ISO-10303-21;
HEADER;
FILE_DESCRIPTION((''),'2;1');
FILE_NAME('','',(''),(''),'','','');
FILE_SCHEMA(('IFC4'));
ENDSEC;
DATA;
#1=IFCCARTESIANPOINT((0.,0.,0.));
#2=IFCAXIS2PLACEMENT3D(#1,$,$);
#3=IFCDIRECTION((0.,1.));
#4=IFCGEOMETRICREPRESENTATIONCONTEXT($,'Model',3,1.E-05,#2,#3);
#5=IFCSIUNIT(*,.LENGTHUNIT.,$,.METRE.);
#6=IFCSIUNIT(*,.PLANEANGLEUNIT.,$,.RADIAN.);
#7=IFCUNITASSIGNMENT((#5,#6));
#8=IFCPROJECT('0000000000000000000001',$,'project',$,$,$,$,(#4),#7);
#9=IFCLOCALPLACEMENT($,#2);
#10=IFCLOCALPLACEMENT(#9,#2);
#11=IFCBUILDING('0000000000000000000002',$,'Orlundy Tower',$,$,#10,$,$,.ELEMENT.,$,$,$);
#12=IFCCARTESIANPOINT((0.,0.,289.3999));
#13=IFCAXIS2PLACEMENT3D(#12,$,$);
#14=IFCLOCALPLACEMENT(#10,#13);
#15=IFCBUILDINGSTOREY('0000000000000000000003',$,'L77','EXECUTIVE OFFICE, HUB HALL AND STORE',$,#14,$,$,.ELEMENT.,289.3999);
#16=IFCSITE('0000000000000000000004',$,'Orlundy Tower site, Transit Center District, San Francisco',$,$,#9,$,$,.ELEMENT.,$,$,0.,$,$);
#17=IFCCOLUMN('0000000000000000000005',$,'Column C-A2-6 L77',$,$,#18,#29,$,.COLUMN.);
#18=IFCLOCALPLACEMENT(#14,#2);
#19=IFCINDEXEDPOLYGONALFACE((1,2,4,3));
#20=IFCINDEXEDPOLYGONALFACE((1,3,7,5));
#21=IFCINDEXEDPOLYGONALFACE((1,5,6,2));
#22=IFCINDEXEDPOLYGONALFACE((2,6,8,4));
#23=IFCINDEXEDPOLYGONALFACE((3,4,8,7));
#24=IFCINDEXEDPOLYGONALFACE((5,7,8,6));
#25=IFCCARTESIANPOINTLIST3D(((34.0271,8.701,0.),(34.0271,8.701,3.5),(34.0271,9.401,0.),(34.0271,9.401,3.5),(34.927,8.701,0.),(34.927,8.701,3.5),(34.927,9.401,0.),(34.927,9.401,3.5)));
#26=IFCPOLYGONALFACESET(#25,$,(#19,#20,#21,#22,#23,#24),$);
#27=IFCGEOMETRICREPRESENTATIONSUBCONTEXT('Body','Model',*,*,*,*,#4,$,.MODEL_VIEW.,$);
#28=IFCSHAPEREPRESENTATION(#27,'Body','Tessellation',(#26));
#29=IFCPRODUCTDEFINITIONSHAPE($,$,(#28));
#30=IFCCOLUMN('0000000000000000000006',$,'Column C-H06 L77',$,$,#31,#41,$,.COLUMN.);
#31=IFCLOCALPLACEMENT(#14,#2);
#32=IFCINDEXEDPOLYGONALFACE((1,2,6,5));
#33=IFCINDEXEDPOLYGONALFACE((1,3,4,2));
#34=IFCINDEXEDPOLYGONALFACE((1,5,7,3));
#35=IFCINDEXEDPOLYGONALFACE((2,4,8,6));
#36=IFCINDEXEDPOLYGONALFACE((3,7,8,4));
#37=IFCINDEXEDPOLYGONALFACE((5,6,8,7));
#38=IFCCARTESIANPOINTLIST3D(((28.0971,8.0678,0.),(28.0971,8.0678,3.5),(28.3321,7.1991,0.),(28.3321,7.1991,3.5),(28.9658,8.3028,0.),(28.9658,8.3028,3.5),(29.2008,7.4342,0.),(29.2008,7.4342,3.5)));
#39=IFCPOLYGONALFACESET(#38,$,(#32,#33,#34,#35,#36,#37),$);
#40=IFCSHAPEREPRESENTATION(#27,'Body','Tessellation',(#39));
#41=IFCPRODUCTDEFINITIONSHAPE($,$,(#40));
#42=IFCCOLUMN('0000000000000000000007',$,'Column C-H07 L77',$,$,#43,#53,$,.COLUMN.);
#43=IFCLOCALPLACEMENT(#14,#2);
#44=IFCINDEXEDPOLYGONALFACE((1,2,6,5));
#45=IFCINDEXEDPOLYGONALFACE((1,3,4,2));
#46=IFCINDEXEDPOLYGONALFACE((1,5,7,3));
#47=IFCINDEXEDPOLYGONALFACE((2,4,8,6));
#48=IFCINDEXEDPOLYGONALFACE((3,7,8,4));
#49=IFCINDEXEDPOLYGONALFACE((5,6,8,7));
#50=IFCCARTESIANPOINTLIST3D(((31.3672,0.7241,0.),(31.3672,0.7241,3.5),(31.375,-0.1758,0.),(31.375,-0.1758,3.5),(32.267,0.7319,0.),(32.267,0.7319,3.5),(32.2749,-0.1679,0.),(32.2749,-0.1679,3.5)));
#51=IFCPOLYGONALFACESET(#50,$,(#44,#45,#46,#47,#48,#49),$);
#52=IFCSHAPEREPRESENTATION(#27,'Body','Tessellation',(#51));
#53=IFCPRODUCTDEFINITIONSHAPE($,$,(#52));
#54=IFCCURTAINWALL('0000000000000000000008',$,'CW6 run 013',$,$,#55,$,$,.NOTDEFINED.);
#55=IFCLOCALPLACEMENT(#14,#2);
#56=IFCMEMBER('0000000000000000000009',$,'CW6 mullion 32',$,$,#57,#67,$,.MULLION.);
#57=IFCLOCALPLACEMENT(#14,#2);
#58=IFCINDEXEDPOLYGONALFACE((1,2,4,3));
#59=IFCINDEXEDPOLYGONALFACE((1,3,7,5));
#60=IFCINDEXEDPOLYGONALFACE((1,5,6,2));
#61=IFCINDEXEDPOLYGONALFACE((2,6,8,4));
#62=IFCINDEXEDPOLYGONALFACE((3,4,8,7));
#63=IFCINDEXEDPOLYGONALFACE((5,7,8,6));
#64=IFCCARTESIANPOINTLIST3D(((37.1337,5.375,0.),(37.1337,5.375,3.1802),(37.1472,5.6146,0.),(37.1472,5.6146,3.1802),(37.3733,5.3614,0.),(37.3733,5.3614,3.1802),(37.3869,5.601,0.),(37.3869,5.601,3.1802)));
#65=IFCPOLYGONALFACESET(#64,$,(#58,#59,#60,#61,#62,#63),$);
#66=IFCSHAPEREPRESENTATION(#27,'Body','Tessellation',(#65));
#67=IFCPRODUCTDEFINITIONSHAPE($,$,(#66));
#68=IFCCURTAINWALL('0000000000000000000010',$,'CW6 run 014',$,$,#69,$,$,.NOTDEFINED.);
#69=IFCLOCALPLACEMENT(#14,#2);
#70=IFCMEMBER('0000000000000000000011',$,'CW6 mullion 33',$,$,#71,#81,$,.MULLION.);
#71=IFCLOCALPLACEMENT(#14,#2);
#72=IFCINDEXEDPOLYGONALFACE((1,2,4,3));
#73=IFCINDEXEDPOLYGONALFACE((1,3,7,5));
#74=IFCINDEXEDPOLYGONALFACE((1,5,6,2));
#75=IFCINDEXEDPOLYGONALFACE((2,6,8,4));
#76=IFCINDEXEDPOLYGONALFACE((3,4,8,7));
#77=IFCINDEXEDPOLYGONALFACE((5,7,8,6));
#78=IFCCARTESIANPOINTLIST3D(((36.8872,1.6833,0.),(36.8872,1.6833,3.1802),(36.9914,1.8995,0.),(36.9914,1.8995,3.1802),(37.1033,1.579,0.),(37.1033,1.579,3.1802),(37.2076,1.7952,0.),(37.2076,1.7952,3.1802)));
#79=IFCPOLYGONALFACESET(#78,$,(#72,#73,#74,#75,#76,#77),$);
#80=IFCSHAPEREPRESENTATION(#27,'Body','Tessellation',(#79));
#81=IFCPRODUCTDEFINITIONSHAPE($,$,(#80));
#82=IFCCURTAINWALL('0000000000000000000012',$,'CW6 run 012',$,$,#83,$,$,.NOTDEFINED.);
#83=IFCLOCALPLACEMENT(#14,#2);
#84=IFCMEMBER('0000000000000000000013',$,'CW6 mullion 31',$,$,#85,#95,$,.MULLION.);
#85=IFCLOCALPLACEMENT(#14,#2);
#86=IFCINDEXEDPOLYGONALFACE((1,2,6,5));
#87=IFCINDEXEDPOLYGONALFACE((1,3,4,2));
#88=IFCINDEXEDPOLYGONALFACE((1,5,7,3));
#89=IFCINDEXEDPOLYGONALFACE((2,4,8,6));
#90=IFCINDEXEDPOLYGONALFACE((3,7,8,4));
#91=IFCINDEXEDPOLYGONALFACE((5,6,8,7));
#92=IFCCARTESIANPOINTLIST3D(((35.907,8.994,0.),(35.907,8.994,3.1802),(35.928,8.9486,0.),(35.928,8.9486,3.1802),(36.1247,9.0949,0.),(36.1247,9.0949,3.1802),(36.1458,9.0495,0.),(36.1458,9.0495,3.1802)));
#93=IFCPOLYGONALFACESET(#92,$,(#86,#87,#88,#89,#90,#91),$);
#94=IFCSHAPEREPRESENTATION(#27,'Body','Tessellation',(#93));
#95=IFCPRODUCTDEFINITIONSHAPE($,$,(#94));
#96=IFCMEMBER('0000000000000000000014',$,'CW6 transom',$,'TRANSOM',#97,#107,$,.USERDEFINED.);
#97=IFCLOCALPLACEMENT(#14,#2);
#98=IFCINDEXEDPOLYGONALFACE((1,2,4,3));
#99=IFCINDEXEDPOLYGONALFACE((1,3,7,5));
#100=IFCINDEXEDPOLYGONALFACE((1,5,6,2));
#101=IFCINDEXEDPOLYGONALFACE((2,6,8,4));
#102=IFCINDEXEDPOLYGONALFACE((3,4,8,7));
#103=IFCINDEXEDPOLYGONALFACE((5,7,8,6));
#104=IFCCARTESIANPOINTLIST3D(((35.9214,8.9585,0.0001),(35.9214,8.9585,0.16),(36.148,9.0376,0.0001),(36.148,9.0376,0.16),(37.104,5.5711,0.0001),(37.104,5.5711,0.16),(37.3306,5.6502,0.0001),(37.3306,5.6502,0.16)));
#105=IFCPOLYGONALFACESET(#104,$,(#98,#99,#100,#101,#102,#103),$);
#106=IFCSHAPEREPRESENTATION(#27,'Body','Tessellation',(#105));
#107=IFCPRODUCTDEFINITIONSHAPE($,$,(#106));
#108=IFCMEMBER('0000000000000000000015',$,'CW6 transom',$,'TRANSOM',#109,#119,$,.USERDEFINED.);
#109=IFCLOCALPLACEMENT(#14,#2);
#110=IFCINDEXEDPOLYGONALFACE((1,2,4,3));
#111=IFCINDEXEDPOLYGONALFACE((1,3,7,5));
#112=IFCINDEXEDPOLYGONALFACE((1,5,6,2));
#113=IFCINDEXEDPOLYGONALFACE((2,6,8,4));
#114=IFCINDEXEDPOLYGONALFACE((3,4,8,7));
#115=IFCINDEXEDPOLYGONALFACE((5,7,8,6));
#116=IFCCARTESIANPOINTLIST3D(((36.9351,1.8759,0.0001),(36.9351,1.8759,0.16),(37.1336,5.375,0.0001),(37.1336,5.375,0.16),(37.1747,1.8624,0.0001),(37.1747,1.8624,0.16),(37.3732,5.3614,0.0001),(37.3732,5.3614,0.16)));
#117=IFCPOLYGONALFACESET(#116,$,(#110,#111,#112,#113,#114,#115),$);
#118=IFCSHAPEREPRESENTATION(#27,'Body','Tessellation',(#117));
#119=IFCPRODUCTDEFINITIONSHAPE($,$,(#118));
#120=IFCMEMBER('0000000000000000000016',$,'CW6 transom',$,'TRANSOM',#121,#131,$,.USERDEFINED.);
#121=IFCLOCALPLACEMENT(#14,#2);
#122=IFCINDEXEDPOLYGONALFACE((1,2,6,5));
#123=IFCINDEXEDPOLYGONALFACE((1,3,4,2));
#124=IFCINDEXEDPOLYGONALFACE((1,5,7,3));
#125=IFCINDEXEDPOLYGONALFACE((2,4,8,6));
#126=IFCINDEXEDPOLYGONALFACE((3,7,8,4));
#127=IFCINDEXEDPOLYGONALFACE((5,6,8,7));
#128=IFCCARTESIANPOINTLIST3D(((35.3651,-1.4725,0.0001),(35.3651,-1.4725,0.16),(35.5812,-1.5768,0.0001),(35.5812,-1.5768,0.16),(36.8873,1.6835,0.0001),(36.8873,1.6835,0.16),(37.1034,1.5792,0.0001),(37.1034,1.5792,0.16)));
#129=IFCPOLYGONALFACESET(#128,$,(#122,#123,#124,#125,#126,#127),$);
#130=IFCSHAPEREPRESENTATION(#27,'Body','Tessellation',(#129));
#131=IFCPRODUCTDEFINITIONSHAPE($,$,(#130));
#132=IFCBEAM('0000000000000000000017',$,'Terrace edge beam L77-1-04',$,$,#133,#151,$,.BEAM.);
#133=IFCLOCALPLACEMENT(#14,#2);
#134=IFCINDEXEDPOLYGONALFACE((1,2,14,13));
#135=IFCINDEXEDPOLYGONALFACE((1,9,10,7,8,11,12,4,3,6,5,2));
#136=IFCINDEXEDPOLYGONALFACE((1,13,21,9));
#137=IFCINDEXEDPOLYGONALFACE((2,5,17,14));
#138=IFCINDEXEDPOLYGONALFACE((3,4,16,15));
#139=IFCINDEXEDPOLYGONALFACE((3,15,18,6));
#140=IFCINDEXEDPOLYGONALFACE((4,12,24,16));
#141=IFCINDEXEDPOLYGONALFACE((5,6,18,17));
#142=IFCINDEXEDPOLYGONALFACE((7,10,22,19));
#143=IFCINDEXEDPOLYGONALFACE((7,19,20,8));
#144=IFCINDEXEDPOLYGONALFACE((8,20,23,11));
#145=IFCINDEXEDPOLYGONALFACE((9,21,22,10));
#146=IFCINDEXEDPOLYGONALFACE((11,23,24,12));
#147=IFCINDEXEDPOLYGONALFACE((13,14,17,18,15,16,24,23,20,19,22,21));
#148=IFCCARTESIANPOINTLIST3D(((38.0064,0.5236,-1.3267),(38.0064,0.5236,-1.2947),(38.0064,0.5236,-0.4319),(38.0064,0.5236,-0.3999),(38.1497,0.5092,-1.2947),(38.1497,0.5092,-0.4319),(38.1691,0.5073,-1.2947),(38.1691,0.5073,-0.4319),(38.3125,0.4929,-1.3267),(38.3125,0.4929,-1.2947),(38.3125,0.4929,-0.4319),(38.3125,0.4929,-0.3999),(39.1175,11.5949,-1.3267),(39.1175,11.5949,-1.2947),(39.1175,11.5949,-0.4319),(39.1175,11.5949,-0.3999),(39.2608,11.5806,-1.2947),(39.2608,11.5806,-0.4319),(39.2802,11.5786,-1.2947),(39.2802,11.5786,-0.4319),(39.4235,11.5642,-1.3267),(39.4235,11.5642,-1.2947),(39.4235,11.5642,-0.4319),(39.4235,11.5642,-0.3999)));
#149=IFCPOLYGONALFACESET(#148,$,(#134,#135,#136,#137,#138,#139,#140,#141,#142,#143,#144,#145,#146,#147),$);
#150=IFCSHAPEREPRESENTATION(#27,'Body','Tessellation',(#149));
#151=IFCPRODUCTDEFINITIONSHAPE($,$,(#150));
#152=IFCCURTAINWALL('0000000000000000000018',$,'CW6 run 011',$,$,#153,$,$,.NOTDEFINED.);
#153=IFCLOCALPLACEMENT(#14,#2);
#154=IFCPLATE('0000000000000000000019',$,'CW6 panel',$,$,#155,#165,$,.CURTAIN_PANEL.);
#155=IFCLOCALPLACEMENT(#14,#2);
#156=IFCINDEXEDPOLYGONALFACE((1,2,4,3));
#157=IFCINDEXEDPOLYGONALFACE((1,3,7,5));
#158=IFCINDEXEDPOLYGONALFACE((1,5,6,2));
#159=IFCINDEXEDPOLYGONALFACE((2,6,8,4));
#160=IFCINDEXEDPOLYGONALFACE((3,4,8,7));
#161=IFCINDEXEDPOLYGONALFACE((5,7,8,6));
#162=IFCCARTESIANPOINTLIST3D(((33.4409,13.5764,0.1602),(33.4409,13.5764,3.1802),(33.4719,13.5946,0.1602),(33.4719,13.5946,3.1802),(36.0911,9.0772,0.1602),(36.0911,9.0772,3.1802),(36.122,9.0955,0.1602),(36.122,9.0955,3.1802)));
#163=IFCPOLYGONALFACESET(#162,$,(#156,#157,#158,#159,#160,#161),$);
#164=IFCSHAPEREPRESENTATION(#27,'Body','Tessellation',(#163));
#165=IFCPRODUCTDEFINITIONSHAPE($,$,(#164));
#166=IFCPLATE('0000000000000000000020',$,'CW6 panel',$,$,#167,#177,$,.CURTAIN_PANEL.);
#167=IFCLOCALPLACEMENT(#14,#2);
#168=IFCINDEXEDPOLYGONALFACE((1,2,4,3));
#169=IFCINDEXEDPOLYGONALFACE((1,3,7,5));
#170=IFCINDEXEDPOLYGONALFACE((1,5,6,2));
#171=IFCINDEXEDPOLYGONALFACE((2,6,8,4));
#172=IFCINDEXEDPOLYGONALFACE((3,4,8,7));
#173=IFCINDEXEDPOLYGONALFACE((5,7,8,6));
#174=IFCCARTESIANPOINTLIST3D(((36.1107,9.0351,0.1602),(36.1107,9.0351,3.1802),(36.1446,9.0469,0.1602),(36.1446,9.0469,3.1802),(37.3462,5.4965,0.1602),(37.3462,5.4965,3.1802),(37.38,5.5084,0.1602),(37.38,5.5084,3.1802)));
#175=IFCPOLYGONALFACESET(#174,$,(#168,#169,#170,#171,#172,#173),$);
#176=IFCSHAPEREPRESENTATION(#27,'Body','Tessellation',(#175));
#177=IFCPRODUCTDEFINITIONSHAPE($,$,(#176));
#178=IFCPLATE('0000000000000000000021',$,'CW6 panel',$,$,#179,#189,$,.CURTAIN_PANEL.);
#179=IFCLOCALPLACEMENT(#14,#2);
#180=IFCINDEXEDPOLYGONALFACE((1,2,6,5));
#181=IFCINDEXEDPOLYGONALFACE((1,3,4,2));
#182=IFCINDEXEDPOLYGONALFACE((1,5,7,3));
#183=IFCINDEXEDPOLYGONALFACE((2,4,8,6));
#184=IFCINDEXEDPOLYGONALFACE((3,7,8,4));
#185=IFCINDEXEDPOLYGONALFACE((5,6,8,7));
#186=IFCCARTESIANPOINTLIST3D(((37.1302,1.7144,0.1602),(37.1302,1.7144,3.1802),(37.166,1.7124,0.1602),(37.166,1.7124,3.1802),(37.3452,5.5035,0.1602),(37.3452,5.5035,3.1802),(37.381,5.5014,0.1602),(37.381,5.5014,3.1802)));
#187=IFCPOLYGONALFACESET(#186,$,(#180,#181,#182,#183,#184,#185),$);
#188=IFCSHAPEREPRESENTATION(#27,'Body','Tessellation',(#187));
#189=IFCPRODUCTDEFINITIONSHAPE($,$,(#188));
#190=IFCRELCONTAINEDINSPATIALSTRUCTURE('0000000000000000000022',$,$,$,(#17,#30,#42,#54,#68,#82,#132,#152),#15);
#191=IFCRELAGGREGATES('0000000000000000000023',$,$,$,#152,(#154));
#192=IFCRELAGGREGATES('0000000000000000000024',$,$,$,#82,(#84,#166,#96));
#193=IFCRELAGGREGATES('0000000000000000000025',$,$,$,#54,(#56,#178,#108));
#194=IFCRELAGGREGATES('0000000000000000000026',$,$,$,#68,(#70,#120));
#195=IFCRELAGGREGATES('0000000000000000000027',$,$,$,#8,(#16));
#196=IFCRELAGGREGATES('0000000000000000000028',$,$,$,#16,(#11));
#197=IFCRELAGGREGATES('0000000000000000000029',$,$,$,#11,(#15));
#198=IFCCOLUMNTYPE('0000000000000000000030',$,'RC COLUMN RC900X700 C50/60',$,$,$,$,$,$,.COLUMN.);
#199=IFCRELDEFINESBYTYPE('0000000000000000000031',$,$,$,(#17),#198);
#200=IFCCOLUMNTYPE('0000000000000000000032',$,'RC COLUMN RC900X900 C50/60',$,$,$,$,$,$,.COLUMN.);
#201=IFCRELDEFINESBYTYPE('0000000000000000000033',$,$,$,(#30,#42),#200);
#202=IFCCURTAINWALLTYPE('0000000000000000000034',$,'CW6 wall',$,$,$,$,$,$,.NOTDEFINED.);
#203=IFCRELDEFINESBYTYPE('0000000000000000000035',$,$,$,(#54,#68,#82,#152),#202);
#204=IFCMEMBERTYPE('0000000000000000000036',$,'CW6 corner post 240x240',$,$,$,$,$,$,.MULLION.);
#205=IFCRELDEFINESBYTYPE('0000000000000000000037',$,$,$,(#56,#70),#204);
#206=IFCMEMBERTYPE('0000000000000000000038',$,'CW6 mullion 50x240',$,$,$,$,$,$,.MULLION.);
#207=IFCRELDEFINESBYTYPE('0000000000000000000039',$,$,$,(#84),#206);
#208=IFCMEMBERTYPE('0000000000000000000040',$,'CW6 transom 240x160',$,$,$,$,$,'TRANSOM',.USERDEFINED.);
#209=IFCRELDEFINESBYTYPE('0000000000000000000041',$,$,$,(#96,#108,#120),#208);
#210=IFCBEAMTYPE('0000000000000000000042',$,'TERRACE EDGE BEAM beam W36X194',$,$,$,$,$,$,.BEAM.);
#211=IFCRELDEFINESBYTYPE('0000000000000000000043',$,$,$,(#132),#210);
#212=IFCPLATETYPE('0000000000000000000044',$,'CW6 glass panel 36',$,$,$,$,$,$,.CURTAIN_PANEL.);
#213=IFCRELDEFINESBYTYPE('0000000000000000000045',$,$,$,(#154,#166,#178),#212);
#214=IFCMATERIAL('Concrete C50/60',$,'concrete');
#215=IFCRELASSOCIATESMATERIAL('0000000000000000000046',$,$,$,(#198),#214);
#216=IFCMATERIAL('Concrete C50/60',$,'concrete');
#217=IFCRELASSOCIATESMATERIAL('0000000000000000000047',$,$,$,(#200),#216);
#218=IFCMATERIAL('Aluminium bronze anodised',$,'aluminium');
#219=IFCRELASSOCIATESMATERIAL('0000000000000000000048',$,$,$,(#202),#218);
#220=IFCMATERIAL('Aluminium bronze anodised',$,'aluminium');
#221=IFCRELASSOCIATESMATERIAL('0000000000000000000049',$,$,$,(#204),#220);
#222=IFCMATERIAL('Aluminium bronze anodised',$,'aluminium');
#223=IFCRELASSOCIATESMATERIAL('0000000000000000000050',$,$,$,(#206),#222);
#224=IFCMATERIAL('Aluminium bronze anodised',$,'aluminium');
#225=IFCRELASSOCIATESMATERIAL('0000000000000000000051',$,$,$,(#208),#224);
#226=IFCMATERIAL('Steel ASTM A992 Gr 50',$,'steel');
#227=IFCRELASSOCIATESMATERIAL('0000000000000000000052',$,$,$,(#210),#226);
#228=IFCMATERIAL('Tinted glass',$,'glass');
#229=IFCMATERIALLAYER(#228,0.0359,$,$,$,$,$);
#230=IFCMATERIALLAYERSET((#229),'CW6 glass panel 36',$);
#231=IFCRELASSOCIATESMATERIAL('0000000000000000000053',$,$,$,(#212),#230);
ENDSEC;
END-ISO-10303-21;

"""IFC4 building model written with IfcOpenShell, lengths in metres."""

from ifc_helpers import new_model, si_unit, direction, frame, origin, origin_2d, place, context, subcontext, project, spatial, rectangle, i_section, extrude, material, layer, layer_set, material_profile, profile_set, type_object, element, aggregate, save


model = new_model("IFC4")

# Units and contexts
model_context = context("Model", 3, precision=1e-05, world=origin(), true_north=direction((0.0, 1.0)))
body_context = subcontext(model_context, "Body", "Model", "MODEL_VIEW")
ifc_project = project(units=[si_unit("LENGTHUNIT", "METRE"), si_unit("PLANEANGLEUNIT", "RADIAN")], contexts=[model_context])

# Site, building, storey
site_placement = place(None, origin())
site = spatial("IfcSite", under=ifc_project, at=site_placement, Name="Orlundy Tower site, Transit Center District, San Francisco", CompositionType="ELEMENT", RefElevation=0.0)
building_placement = place(site_placement, origin())
building = spatial("IfcBuilding", under=site, at=building_placement, Name="Orlundy Tower", CompositionType="ELEMENT")
storey_placement = place(building_placement, frame((0.0, 0.0, 289.3999)))
storey = spatial("IfcBuildingStorey", under=building, at=storey_placement, Name="L77", Description="EXECUTIVE OFFICE, HUB HALL AND STORE", CompositionType="ELEMENT", Elevation=289.3999)

# Columns
ifc_material_1 = material(Name="Concrete C50/60", Category="concrete")
ifc_material_profile_1 = material_profile(ifc_material_1, rectangle(XDim=0.8999, YDim=0.7, at=origin_2d()), Name="RC900X700")
ifc_profile_set_1 = profile_set([ifc_material_profile_1], Name="Concrete C50/60")
column_type_1 = type_object("IfcColumnType", Name="RC COLUMN RC900X700 C50/60", PredefinedType="COLUMN", material=ifc_profile_set_1)
column_placement = place(storey_placement, frame((34.4771, 9.051, 0.0), z_axis=(0.0, 0.0, 1.0), x_axis=(1.0, 0.0, 0.0)))
element("IfcColumn", 1, at=column_placement, inside=storey, type_object=column_type_1, Name="Column C-A2-6 L77", PredefinedType="COLUMN", context=body_context, shape_type="SweptSolid", body=[
    extrude(rectangle(XDim=0.8999, YDim=0.7, at=origin_2d()), origin(), (0.0, 0.0, 1.0), 3.5),
])
ifc_material_2 = material(Name="Concrete C50/60", Category="concrete")
ifc_material_profile_2 = material_profile(ifc_material_2, rectangle(XDim=0.8999, YDim=0.8999, at=origin_2d()), Name="RC900X900")
ifc_profile_set_2 = profile_set([ifc_material_profile_2], Name="Concrete C50/60")
column_type_2 = type_object("IfcColumnType", Name="RC COLUMN RC900X900 C50/60", PredefinedType="COLUMN", material=ifc_profile_set_2)
for number, where, z_axis, x_axis, name in (
    (2, (28.6489, 7.751, 0.0), (0.0, 0.0, 1.0), (0.965295, 0.261162, 0.0), "Column C-H06 L77"),
    (3, (31.821, 0.2781, 0.0), (0.0, 0.0, 1.0), (0.999962, 0.008744, 0.0), "Column C-H07 L77"),
):
    element("IfcColumn", number, at=place(storey_placement, frame(where, z_axis=z_axis, x_axis=x_axis)), inside=storey, type_object=column_type_2, Name=name, PredefinedType="COLUMN", context=body_context, shape_type="SweptSolid", body=[
        extrude(rectangle(XDim=0.8999, YDim=0.8999, at=origin_2d()), origin(), (0.0, 0.0, 1.0), 3.5),
    ])

# Curtain walls, members
ifc_material_3 = material(Name="Aluminium bronze anodised", Category="aluminium")
curtain_wall_type = type_object("IfcCurtainWallType", Name="CW6 wall", PredefinedType="NOTDEFINED", material=ifc_material_3)
curtain_wall_1_placement = place(storey_placement, origin())
curtain_wall_1 = element("IfcCurtainWall", 4, at=curtain_wall_1_placement, inside=storey, type_object=curtain_wall_type, Name="CW6 run 013", PredefinedType="NOTDEFINED")
ifc_material_4 = material(Name="Aluminium bronze anodised", Category="aluminium")
ifc_material_profile_3 = material_profile(ifc_material_4, rectangle(XDim=0.24, YDim=0.24, at=origin_2d()), Name="CW6 corner post 240x240")
ifc_profile_set_3 = profile_set([ifc_material_profile_3], Name="Aluminium bronze anodised")
member_type_1 = type_object("IfcMemberType", Name="CW6 corner post 240x240", PredefinedType="MULLION", material=ifc_profile_set_3)
member_1_placement = place(storey_placement, frame((37.2603, 5.488, 0.0), z_axis=(0.0, 0.0, 1.0), x_axis=(0.998394, -0.05665, 0.0)))
member_1 = element("IfcMember", 5, at=member_1_placement, type_object=member_type_1, Name="CW6 mullion 32", PredefinedType="MULLION", context=body_context, shape_type="SweptSolid", body=[
    extrude(rectangle(XDim=0.24, YDim=0.24, at=origin_2d()), origin(), (0.0, 0.0, 1.0), 3.1802),
])
curtain_wall_2_placement = place(storey_placement, origin())
curtain_wall_2 = element("IfcCurtainWall", 6, at=curtain_wall_2_placement, inside=storey, type_object=curtain_wall_type, Name="CW6 run 014", PredefinedType="NOTDEFINED")
member_2_placement = place(storey_placement, frame((37.0474, 1.7393, 0.0), z_axis=(0.0, 0.0, 1.0), x_axis=(0.900705, -0.434432, 0.0)))
member_2 = element("IfcMember", 7, at=member_2_placement, type_object=member_type_1, Name="CW6 mullion 33", PredefinedType="MULLION", context=body_context, shape_type="SweptSolid", body=[
    extrude(rectangle(XDim=0.24, YDim=0.24, at=origin_2d()), origin(), (0.0, 0.0, 1.0), 3.1802),
])

# Curtain wall, members
curtain_wall_3_placement = place(storey_placement, origin())
curtain_wall_3 = element("IfcCurtainWall", 8, at=curtain_wall_3_placement, inside=storey, type_object=curtain_wall_type, Name="CW6 run 012", PredefinedType="NOTDEFINED")
ifc_material_5 = material(Name="Aluminium bronze anodised", Category="aluminium")
ifc_material_profile_4 = material_profile(ifc_material_5, rectangle(XDim=0.24, YDim=0.05, at=origin_2d()), Name="CW6 mullion 50x240")
ifc_profile_set_4 = profile_set([ifc_material_profile_4], Name="Aluminium bronze anodised")
member_type_2 = type_object("IfcMemberType", Name="CW6 mullion 50x240", PredefinedType="MULLION", material=ifc_profile_set_4)
member_3_placement = place(storey_placement, frame((36.0264, 9.0217, 0.0), z_axis=(0.0, 0.0, 1.0), x_axis=(0.907243, 0.420607, 0.0)))
member_3 = element("IfcMember", 9, at=member_3_placement, type_object=member_type_2, Name="CW6 mullion 31", PredefinedType="MULLION", context=body_context, shape_type="SweptSolid", body=[
    extrude(rectangle(XDim=0.24, YDim=0.05, at=origin_2d()), origin(), (0.0, 0.0, 1.0), 3.1802),
])
ifc_material_6 = material(Name="Aluminium bronze anodised", Category="aluminium")
ifc_material_profile_5 = material_profile(ifc_material_6, rectangle(XDim=0.24, YDim=0.1599, at=origin_2d()), Name="CW6 transom 240x160")
ifc_profile_set_5 = profile_set([ifc_material_profile_5], Name="Aluminium bronze anodised")
member_type_3 = type_object("IfcMemberType", Name="CW6 transom 240x160", ElementType="TRANSOM", PredefinedType="USERDEFINED", material=ifc_profile_set_5)
member_4_placement = place(storey_placement, frame((36.0347, 8.998, 0.0801), z_axis=(0.329608, -0.944118, 0.0), x_axis=(0.944118, 0.329608, 0.0)))
member_4 = element("IfcMember", 10, at=member_4_placement, type_object=member_type_3, Name="CW6 transom", ObjectType="TRANSOM", PredefinedType="USERDEFINED", context=body_context, shape_type="SweptSolid", body=[
    extrude(rectangle(XDim=0.24, YDim=0.1599, at=origin_2d()), origin(), (0.0, 0.0, 1.0), 3.5879),
])

# Members
member_5_placement = place(storey_placement, frame((37.2534, 5.3682, 0.0801), z_axis=(-0.056635, -0.998395, 0.0), x_axis=(0.998395, -0.056635, 0.0)))
member_5 = element("IfcMember", 11, at=member_5_placement, type_object=member_type_3, Name="CW6 transom", ObjectType="TRANSOM", PredefinedType="USERDEFINED", context=body_context, shape_type="SweptSolid", body=[
    extrude(rectangle(XDim=0.24, YDim=0.1599, at=origin_2d()), origin(), (0.0, 0.0, 1.0), 3.5046),
])
member_6_placement = place(storey_placement, frame((36.9954, 1.6313, 0.0801), z_axis=(-0.434431, -0.900705, 0.0), x_axis=(0.900705, -0.434431, 0.0)))
member_6 = element("IfcMember", 12, at=member_6_placement, type_object=member_type_3, Name="CW6 transom", ObjectType="TRANSOM", PredefinedType="USERDEFINED", context=body_context, shape_type="SweptSolid", body=[
    extrude(rectangle(XDim=0.24, YDim=0.1599, at=origin_2d()), origin(), (0.0, 0.0, 1.0), 3.5039),
])

# Beam
ifc_material_7 = material(Name="Steel ASTM A992 Gr 50", Category="steel")
ifc_material_profile_6 = material_profile(ifc_material_7, i_section(OverallWidth=0.3076, OverallDepth=0.9268, WebThickness=0.0195, FlangeThickness=0.032, at=origin_2d()), Name="W36X194")
ifc_profile_set_6 = profile_set([ifc_material_profile_6], Name="Steel ASTM A992 Gr 50")
beam_type = type_object("IfcBeamType", Name="TERRACE EDGE BEAM beam W36X194", PredefinedType="BEAM", material=ifc_profile_set_6)
beam_placement = place(storey_placement, frame((39.2705, 11.5796, -0.8633), z_axis=(-0.099856, -0.995002, 0.0), x_axis=(0.995002, -0.099856, 0.0)))
element("IfcBeam", 13, at=beam_placement, inside=storey, type_object=beam_type, Name="Terrace edge beam L77-1-04", PredefinedType="BEAM", context=body_context, shape_type="SweptSolid", body=[
    extrude(i_section(OverallWidth=0.3076, OverallDepth=0.9268, WebThickness=0.0195, FlangeThickness=0.032, at=origin_2d()), origin(), (0.0, 0.0, 1.0), 11.127),
])

# Curtain wall, plate
curtain_wall_4_placement = place(storey_placement, origin())
curtain_wall_4 = element("IfcCurtainWall", 14, at=curtain_wall_4_placement, inside=storey, type_object=curtain_wall_type, Name="CW6 run 011", PredefinedType="NOTDEFINED")
ifc_material_8 = material(Name="Tinted glass", Category="glass")
ifc_layer_1 = layer(ifc_material_8, 0.0359)
ifc_layer_set_1 = layer_set([ifc_layer_1], Name="CW6 glass panel 36")
plate_type = type_object("IfcPlateType", Name="CW6 glass panel 36", PredefinedType="CURTAIN_PANEL", material=ifc_layer_set_1)
plate_1_placement = place(storey_placement, frame((34.7815, 11.3359, 0.1602), z_axis=(0.0, 0.0, 1.0), x_axis=(0.507532, -0.861633, 0.0)))
plate_1 = element("IfcPlate", 15, at=plate_1_placement, type_object=plate_type, Name="CW6 panel", PredefinedType="CURTAIN_PANEL", context=body_context, shape_type="SweptSolid", body=[
    extrude(rectangle(XDim=5.2217, YDim=0.0359, at=origin_2d()), origin(), (0.0, 0.0, 1.0), 3.02),
])
aggregate(curtain_wall_4, [plate_1])

# Plates
plate_2_placement = place(storey_placement, frame((36.7454, 7.2717, 0.1602), z_axis=(0.0, 0.0, 1.0), x_axis=(0.329629, -0.94411, 0.0)))
plate_2 = element("IfcPlate", 16, at=plate_2_placement, type_object=plate_type, Name="CW6 panel", PredefinedType="CURTAIN_PANEL", context=body_context, shape_type="SweptSolid", body=[
    extrude(rectangle(XDim=3.748, YDim=0.0359, at=origin_2d()), origin(), (0.0, 0.0, 1.0), 3.02),
])
aggregate(curtain_wall_3, [member_3, plate_2, member_4])
plate_3_placement = place(storey_placement, frame((37.2556, 3.6079, 0.1602), z_axis=(0.0, 0.0, 1.0), x_axis=(-0.05665, -0.998394, 0.0)))
plate_3 = element("IfcPlate", 17, at=plate_3_placement, type_object=plate_type, Name="CW6 panel", PredefinedType="CURTAIN_PANEL", context=body_context, shape_type="SweptSolid", body=[
    extrude(rectangle(XDim=3.7952, YDim=0.0359, at=origin_2d()), origin(), (0.0, 0.0, 1.0), 3.02),
])
aggregate(curtain_wall_1, [member_1, plate_3, member_5])
aggregate(curtain_wall_2, [member_2, member_6])

save(model, "model.ifc")
